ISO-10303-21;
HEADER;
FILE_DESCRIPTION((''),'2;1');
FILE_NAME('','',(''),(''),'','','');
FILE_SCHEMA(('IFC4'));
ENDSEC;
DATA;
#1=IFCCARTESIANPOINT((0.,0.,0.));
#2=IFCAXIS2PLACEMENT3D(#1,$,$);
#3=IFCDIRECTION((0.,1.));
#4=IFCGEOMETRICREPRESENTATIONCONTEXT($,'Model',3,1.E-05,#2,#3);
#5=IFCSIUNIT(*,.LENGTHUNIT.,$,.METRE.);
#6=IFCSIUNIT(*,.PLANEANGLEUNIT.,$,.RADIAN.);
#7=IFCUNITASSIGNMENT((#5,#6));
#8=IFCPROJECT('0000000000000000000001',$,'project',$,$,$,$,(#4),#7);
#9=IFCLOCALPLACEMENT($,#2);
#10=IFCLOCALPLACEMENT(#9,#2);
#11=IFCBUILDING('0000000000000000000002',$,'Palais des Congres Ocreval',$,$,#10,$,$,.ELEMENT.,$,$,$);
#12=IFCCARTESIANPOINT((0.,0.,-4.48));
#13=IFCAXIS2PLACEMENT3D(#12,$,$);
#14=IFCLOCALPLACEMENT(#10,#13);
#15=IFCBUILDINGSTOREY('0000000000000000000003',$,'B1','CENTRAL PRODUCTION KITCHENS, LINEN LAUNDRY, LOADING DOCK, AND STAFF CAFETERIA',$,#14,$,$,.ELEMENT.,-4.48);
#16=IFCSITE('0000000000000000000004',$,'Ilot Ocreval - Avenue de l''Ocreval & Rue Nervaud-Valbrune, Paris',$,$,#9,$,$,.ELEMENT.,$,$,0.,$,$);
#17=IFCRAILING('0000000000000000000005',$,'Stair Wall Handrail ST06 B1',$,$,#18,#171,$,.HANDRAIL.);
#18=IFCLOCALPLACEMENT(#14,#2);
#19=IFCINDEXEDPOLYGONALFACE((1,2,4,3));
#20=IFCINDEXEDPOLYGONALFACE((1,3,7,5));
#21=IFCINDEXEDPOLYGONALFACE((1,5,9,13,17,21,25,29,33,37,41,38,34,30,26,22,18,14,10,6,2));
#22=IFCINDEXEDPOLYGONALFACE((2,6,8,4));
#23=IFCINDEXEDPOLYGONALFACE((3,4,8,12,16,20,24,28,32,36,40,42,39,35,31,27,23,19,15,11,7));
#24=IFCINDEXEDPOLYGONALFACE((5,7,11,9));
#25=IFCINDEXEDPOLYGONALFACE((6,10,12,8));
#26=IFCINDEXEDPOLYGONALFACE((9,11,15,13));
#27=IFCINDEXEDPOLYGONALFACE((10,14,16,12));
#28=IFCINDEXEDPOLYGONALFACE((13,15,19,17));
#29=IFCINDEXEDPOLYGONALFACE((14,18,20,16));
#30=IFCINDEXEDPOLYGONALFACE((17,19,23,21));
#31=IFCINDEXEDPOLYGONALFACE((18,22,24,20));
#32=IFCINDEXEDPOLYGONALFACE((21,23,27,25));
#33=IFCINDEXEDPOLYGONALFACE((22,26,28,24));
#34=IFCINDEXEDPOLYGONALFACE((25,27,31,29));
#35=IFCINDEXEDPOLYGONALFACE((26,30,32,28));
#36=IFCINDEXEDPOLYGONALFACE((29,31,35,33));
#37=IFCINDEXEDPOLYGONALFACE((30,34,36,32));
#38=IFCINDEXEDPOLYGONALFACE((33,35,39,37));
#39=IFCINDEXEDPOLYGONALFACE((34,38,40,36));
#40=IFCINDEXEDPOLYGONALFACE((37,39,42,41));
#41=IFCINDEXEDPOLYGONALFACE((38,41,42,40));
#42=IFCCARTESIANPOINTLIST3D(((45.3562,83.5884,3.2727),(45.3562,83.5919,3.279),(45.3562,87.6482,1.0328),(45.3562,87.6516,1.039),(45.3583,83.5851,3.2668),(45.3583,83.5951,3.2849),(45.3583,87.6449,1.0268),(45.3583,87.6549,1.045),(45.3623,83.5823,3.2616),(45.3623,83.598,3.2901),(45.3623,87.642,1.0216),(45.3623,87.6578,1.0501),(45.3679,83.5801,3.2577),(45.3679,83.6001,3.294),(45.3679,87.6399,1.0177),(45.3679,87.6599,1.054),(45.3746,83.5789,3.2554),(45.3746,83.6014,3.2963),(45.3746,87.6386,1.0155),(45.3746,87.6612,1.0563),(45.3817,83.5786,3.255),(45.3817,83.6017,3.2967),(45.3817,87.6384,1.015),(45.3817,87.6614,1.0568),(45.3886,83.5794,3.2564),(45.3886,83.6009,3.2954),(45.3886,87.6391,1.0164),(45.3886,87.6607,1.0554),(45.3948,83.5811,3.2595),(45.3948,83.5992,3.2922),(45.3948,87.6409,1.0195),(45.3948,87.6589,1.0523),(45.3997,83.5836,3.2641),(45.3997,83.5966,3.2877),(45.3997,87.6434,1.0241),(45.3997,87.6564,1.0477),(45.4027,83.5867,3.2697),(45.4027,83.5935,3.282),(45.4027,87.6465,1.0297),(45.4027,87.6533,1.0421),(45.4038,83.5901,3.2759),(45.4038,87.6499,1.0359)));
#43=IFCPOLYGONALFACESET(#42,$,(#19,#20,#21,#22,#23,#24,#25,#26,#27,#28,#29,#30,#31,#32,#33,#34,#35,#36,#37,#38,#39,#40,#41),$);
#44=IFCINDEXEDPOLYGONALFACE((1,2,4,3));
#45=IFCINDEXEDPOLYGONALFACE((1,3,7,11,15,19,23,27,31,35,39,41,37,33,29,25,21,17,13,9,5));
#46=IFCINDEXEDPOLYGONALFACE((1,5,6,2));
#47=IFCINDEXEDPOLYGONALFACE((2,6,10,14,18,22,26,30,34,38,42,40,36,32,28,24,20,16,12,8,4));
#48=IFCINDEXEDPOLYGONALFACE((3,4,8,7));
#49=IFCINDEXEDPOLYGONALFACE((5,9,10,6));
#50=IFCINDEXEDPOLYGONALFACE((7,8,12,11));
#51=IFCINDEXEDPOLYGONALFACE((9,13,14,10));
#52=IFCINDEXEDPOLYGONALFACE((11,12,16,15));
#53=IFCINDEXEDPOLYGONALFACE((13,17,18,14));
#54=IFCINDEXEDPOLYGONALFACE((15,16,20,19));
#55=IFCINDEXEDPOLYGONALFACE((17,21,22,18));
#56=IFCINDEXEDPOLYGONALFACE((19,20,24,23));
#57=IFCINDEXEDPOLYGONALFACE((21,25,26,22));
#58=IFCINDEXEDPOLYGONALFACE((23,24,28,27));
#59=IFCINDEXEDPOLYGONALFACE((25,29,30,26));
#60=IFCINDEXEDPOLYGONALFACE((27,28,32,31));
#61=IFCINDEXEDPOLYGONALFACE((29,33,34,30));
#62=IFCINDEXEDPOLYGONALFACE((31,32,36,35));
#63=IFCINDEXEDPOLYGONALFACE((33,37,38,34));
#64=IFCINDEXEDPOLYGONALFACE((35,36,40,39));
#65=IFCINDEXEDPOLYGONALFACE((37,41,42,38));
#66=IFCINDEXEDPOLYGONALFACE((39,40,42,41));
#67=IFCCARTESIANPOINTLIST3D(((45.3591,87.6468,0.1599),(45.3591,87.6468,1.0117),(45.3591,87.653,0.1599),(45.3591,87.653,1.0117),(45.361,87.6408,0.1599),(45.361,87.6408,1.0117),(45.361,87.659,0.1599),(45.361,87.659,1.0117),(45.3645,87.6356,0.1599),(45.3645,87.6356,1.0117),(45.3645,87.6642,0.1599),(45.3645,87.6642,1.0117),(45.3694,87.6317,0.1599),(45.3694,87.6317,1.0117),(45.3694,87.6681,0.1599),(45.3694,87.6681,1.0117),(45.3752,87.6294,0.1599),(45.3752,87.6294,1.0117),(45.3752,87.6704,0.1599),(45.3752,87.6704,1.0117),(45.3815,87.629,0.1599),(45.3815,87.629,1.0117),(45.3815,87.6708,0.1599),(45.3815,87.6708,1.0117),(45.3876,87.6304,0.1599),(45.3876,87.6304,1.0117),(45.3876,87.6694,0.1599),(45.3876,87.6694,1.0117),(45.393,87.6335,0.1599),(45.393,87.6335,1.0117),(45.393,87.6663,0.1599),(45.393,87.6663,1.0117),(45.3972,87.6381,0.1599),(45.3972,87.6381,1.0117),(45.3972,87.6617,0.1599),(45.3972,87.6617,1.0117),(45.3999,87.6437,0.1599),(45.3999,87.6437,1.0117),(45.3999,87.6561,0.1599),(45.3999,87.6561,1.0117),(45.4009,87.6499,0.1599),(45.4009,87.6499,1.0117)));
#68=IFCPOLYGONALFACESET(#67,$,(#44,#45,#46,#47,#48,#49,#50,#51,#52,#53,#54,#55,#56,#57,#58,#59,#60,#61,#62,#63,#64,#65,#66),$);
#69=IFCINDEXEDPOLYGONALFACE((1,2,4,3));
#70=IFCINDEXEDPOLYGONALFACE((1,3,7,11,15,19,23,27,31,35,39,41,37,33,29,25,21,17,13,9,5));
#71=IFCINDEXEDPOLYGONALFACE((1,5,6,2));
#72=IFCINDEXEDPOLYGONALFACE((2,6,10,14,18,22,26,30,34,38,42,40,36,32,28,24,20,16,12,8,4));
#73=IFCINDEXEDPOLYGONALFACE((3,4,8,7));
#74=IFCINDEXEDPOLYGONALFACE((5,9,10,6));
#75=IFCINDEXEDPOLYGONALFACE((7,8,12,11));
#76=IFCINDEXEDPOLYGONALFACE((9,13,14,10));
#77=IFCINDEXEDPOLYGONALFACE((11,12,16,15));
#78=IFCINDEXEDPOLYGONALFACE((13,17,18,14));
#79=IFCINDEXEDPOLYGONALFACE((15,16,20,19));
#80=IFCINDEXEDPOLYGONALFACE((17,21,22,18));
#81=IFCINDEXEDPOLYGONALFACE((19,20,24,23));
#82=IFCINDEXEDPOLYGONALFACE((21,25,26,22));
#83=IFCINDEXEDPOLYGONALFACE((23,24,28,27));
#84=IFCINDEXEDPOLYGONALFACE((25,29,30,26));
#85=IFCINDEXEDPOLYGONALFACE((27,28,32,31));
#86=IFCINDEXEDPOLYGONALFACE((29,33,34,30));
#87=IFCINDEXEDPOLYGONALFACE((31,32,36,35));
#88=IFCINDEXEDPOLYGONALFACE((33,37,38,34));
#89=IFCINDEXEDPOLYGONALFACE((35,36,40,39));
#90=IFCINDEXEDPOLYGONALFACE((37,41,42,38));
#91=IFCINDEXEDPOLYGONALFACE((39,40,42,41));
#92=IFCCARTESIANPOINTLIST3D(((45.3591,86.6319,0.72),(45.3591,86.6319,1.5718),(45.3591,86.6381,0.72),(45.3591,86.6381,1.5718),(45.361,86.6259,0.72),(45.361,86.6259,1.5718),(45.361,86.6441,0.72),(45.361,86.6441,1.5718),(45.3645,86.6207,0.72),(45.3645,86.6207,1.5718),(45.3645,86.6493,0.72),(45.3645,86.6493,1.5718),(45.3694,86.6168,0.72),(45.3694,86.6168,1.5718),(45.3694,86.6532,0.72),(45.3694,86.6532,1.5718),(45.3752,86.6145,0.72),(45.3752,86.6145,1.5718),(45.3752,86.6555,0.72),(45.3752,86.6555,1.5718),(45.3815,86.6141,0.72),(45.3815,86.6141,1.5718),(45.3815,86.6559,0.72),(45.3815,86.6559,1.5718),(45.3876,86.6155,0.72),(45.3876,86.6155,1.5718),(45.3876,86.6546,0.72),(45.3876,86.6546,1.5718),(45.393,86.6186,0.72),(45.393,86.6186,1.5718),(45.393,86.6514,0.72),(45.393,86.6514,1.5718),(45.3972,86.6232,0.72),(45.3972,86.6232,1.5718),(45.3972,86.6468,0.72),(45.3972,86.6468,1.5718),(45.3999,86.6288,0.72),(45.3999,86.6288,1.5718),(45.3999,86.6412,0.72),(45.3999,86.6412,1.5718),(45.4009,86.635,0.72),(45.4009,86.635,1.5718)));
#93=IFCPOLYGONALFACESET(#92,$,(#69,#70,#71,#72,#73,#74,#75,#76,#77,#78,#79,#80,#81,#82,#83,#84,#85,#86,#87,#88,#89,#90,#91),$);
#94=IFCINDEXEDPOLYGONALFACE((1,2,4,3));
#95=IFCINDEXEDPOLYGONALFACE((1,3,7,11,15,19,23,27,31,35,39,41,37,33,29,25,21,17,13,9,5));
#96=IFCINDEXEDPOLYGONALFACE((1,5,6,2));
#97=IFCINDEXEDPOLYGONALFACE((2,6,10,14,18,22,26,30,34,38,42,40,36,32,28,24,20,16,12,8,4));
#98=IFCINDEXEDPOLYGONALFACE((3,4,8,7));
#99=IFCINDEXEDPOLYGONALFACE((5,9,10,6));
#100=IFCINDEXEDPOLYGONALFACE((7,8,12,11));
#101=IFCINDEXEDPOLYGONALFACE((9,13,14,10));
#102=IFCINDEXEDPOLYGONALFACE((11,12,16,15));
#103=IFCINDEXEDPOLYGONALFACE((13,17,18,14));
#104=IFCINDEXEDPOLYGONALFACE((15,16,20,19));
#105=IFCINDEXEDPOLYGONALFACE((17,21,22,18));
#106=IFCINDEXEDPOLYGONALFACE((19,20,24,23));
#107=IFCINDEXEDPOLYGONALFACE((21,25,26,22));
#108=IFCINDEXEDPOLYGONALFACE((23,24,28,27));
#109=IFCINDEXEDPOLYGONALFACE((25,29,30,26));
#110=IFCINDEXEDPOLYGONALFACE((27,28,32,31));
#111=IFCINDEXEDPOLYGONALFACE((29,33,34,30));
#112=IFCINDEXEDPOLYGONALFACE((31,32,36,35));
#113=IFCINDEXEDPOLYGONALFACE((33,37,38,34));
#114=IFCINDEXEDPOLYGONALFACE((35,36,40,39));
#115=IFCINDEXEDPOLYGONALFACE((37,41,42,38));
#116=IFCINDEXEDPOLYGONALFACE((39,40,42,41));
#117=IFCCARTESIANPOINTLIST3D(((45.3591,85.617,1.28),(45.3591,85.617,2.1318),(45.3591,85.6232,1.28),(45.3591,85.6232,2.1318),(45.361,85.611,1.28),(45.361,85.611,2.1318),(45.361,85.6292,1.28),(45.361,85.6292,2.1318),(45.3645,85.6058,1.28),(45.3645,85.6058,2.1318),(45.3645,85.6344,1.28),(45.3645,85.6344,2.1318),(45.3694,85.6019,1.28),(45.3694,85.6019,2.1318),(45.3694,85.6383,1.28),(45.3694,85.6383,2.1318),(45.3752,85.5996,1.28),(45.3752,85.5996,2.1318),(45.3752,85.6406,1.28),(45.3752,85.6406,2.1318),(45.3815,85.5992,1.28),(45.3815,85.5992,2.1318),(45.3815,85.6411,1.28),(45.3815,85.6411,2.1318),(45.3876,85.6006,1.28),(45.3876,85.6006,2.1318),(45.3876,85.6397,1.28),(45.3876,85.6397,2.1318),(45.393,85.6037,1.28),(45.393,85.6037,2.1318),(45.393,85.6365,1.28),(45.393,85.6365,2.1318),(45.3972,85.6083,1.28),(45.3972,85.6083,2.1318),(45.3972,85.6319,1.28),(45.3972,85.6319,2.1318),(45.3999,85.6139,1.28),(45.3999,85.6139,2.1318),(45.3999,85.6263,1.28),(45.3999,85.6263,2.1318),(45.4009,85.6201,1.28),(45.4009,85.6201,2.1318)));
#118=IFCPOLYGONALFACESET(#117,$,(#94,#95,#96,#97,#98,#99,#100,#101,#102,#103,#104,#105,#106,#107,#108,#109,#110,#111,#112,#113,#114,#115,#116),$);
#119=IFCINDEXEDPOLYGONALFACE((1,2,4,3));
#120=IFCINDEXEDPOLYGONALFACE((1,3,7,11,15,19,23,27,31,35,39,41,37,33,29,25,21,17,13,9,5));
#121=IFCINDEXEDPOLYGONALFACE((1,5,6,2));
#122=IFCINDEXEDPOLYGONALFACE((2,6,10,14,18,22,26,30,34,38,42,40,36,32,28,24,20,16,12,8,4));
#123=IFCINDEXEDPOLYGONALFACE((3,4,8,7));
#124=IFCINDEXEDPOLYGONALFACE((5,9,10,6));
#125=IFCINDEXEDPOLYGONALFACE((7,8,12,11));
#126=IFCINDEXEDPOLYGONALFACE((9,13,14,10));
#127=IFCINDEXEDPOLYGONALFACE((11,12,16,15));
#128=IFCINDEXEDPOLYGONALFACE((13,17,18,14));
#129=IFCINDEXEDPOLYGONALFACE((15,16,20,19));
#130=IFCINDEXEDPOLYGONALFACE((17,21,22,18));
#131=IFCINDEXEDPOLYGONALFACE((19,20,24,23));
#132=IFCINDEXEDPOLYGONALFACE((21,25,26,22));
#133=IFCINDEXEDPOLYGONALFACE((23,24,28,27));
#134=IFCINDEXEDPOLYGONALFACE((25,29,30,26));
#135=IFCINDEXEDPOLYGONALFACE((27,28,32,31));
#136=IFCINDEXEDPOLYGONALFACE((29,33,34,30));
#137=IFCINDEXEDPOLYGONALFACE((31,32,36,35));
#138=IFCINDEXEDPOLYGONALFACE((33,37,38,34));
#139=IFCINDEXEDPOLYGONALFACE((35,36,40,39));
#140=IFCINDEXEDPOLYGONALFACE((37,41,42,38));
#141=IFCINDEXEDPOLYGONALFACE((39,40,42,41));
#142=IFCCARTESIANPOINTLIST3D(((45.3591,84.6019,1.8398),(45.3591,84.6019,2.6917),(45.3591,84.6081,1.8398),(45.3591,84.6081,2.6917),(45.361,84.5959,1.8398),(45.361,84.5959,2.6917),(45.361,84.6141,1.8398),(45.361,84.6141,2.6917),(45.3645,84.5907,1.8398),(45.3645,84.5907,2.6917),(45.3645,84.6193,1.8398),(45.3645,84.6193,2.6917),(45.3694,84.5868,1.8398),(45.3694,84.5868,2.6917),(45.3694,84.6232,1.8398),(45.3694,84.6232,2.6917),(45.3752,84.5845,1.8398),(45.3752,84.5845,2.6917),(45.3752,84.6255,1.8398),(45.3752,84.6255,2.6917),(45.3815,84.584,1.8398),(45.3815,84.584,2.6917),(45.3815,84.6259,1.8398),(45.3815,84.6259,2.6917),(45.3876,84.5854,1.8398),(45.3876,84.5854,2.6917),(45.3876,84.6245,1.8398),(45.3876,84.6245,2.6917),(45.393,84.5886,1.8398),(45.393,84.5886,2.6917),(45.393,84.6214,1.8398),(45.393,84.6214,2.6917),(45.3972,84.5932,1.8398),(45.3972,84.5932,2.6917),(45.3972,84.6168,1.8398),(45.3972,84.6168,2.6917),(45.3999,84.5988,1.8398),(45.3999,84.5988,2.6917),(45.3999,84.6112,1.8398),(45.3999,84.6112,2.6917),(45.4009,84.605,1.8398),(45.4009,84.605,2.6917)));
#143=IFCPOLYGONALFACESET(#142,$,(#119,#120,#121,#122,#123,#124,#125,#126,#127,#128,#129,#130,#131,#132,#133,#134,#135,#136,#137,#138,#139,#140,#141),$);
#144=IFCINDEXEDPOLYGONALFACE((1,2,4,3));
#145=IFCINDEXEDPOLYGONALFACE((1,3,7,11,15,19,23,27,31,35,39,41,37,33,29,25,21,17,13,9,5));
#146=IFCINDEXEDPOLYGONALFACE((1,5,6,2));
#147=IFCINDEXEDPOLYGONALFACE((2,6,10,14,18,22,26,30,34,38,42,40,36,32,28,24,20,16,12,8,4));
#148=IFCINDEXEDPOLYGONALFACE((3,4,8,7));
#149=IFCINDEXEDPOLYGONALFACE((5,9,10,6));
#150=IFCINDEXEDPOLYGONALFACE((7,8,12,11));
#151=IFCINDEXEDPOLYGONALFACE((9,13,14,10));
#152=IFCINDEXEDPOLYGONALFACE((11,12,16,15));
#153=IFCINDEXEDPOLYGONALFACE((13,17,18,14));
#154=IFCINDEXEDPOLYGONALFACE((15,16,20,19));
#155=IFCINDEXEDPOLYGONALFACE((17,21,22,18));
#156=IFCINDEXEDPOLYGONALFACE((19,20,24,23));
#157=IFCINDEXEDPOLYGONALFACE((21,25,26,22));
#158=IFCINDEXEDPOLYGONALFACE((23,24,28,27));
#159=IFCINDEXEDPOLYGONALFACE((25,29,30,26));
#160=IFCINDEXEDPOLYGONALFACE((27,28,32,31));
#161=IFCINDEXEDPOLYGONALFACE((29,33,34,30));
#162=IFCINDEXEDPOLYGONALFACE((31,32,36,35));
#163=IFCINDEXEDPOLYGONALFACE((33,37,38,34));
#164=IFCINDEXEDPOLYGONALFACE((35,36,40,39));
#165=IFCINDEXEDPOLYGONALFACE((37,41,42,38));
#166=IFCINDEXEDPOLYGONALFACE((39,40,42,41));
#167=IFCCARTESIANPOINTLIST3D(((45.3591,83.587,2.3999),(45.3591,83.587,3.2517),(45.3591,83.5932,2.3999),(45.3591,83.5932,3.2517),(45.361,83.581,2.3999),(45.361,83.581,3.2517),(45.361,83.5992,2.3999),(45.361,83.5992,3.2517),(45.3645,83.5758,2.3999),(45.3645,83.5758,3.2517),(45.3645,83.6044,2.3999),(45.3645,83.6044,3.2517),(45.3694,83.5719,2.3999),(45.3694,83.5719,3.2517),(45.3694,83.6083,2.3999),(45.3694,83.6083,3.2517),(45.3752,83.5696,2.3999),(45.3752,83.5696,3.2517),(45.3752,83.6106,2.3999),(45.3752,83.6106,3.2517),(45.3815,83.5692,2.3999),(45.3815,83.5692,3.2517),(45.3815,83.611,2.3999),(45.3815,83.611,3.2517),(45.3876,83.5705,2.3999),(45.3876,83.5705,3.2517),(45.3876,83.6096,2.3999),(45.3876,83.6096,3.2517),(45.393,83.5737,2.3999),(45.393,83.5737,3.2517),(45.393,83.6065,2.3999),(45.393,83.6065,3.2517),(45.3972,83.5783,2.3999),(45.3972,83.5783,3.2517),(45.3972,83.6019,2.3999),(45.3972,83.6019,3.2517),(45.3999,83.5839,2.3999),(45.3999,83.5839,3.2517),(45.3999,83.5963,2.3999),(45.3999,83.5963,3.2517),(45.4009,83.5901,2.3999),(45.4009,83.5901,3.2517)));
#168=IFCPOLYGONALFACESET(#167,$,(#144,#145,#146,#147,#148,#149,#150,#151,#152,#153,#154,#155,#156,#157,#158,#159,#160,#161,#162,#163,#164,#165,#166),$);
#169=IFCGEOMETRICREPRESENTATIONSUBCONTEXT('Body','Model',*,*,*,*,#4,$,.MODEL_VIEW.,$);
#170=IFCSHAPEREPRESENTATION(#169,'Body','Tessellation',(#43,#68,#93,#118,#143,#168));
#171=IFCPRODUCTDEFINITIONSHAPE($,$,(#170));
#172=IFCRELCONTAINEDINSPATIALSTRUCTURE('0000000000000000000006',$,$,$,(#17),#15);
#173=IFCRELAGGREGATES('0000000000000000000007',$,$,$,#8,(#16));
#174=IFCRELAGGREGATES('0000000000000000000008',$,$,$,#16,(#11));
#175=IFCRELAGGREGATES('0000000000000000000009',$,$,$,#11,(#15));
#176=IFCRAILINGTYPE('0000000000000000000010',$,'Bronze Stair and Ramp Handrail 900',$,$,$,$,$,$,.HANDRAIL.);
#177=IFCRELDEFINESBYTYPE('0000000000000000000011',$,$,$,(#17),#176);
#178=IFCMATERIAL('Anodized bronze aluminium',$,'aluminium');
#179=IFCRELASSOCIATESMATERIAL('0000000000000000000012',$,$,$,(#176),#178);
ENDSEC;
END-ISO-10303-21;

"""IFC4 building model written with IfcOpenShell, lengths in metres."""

from ifc_helpers import new_model, si_unit, direction, frame, origin, origin_2d, place, context, subcontext, project, spatial, circle, extrude, material, type_object, element, save


model = new_model("IFC4")

# Units and contexts
model_context = context("Model", 3, precision=1e-05, world=origin(), true_north=direction((0.0, 1.0)))
body_context = subcontext(model_context, "Body", "Model", "MODEL_VIEW")
ifc_project = project(units=[si_unit("LENGTHUNIT", "METRE"), si_unit("PLANEANGLEUNIT", "RADIAN")], contexts=[model_context])

# Site, building, storey
site_placement = place(None, origin())
site = spatial("IfcSite", under=ifc_project, at=site_placement, Name="Ilot Ocreval - Avenue de l'Ocreval & Rue Nervaud-Valbrune, Paris", CompositionType="ELEMENT", RefElevation=0.0)
building_placement = place(site_placement, origin())
building = spatial("IfcBuilding", under=site, at=building_placement, Name="Palais des Congres Ocreval", CompositionType="ELEMENT")
storey_placement = place(building_placement, frame((0.0, 0.0, -4.48)))
storey = spatial("IfcBuildingStorey", under=building, at=storey_placement, Name="B1", Description="CENTRAL PRODUCTION KITCHENS, LINEN LAUNDRY, LOADING DOCK, AND STAFF CAFETERIA", CompositionType="ELEMENT", Elevation=-4.48)

# Railing
ifc_material_1 = material(Name="Anodized bronze aluminium", Category="aluminium")
railing_type_1 = type_object("IfcRailingType", Name="Bronze Stair and Ramp Handrail 900", PredefinedType="HANDRAIL", material=ifc_material_1)
railing_1_placement = place(storey_placement, frame((45.3799, 87.6499, 0.1599)))
element("IfcRailing", 1, at=railing_1_placement, inside=storey, type_object=railing_type_1, Name="Stair Wall Handrail ST06 B1", PredefinedType="HANDRAIL", context=body_context, shape_type="SweptSolid", body=[
    extrude(circle(Radius=0.0239, at=origin_2d()), frame((0.0, 0.0, 0.876), z_axis=(0.0, -0.875569, 0.483093), x_axis=(1.0, 0.0, 0.0)), (0.0, 0.0, 1.0), 4.6367),
    extrude(circle(Radius=0.021, at=origin_2d()), origin(), (0.0, 0.0, 1.0), 0.8518),
    extrude(circle(Radius=0.021, at=origin_2d()), frame((0.0, -1.0149, 0.5601)), (0.0, 0.0, 1.0), 0.8518),
    extrude(circle(Radius=0.021, at=origin_2d()), frame((0.0, -2.0298, 1.1201)), (0.0, 0.0, 1.0), 0.8518),
    extrude(circle(Radius=0.021, at=origin_2d()), frame((0.0, -3.0449, 1.6799)), (0.0, 0.0, 1.0), 0.8518),
    extrude(circle(Radius=0.021, at=origin_2d()), frame((0.0, -4.0598, 2.24)), (0.0, 0.0, 1.0), 0.8518),
])

save(model, "model.ifc")
